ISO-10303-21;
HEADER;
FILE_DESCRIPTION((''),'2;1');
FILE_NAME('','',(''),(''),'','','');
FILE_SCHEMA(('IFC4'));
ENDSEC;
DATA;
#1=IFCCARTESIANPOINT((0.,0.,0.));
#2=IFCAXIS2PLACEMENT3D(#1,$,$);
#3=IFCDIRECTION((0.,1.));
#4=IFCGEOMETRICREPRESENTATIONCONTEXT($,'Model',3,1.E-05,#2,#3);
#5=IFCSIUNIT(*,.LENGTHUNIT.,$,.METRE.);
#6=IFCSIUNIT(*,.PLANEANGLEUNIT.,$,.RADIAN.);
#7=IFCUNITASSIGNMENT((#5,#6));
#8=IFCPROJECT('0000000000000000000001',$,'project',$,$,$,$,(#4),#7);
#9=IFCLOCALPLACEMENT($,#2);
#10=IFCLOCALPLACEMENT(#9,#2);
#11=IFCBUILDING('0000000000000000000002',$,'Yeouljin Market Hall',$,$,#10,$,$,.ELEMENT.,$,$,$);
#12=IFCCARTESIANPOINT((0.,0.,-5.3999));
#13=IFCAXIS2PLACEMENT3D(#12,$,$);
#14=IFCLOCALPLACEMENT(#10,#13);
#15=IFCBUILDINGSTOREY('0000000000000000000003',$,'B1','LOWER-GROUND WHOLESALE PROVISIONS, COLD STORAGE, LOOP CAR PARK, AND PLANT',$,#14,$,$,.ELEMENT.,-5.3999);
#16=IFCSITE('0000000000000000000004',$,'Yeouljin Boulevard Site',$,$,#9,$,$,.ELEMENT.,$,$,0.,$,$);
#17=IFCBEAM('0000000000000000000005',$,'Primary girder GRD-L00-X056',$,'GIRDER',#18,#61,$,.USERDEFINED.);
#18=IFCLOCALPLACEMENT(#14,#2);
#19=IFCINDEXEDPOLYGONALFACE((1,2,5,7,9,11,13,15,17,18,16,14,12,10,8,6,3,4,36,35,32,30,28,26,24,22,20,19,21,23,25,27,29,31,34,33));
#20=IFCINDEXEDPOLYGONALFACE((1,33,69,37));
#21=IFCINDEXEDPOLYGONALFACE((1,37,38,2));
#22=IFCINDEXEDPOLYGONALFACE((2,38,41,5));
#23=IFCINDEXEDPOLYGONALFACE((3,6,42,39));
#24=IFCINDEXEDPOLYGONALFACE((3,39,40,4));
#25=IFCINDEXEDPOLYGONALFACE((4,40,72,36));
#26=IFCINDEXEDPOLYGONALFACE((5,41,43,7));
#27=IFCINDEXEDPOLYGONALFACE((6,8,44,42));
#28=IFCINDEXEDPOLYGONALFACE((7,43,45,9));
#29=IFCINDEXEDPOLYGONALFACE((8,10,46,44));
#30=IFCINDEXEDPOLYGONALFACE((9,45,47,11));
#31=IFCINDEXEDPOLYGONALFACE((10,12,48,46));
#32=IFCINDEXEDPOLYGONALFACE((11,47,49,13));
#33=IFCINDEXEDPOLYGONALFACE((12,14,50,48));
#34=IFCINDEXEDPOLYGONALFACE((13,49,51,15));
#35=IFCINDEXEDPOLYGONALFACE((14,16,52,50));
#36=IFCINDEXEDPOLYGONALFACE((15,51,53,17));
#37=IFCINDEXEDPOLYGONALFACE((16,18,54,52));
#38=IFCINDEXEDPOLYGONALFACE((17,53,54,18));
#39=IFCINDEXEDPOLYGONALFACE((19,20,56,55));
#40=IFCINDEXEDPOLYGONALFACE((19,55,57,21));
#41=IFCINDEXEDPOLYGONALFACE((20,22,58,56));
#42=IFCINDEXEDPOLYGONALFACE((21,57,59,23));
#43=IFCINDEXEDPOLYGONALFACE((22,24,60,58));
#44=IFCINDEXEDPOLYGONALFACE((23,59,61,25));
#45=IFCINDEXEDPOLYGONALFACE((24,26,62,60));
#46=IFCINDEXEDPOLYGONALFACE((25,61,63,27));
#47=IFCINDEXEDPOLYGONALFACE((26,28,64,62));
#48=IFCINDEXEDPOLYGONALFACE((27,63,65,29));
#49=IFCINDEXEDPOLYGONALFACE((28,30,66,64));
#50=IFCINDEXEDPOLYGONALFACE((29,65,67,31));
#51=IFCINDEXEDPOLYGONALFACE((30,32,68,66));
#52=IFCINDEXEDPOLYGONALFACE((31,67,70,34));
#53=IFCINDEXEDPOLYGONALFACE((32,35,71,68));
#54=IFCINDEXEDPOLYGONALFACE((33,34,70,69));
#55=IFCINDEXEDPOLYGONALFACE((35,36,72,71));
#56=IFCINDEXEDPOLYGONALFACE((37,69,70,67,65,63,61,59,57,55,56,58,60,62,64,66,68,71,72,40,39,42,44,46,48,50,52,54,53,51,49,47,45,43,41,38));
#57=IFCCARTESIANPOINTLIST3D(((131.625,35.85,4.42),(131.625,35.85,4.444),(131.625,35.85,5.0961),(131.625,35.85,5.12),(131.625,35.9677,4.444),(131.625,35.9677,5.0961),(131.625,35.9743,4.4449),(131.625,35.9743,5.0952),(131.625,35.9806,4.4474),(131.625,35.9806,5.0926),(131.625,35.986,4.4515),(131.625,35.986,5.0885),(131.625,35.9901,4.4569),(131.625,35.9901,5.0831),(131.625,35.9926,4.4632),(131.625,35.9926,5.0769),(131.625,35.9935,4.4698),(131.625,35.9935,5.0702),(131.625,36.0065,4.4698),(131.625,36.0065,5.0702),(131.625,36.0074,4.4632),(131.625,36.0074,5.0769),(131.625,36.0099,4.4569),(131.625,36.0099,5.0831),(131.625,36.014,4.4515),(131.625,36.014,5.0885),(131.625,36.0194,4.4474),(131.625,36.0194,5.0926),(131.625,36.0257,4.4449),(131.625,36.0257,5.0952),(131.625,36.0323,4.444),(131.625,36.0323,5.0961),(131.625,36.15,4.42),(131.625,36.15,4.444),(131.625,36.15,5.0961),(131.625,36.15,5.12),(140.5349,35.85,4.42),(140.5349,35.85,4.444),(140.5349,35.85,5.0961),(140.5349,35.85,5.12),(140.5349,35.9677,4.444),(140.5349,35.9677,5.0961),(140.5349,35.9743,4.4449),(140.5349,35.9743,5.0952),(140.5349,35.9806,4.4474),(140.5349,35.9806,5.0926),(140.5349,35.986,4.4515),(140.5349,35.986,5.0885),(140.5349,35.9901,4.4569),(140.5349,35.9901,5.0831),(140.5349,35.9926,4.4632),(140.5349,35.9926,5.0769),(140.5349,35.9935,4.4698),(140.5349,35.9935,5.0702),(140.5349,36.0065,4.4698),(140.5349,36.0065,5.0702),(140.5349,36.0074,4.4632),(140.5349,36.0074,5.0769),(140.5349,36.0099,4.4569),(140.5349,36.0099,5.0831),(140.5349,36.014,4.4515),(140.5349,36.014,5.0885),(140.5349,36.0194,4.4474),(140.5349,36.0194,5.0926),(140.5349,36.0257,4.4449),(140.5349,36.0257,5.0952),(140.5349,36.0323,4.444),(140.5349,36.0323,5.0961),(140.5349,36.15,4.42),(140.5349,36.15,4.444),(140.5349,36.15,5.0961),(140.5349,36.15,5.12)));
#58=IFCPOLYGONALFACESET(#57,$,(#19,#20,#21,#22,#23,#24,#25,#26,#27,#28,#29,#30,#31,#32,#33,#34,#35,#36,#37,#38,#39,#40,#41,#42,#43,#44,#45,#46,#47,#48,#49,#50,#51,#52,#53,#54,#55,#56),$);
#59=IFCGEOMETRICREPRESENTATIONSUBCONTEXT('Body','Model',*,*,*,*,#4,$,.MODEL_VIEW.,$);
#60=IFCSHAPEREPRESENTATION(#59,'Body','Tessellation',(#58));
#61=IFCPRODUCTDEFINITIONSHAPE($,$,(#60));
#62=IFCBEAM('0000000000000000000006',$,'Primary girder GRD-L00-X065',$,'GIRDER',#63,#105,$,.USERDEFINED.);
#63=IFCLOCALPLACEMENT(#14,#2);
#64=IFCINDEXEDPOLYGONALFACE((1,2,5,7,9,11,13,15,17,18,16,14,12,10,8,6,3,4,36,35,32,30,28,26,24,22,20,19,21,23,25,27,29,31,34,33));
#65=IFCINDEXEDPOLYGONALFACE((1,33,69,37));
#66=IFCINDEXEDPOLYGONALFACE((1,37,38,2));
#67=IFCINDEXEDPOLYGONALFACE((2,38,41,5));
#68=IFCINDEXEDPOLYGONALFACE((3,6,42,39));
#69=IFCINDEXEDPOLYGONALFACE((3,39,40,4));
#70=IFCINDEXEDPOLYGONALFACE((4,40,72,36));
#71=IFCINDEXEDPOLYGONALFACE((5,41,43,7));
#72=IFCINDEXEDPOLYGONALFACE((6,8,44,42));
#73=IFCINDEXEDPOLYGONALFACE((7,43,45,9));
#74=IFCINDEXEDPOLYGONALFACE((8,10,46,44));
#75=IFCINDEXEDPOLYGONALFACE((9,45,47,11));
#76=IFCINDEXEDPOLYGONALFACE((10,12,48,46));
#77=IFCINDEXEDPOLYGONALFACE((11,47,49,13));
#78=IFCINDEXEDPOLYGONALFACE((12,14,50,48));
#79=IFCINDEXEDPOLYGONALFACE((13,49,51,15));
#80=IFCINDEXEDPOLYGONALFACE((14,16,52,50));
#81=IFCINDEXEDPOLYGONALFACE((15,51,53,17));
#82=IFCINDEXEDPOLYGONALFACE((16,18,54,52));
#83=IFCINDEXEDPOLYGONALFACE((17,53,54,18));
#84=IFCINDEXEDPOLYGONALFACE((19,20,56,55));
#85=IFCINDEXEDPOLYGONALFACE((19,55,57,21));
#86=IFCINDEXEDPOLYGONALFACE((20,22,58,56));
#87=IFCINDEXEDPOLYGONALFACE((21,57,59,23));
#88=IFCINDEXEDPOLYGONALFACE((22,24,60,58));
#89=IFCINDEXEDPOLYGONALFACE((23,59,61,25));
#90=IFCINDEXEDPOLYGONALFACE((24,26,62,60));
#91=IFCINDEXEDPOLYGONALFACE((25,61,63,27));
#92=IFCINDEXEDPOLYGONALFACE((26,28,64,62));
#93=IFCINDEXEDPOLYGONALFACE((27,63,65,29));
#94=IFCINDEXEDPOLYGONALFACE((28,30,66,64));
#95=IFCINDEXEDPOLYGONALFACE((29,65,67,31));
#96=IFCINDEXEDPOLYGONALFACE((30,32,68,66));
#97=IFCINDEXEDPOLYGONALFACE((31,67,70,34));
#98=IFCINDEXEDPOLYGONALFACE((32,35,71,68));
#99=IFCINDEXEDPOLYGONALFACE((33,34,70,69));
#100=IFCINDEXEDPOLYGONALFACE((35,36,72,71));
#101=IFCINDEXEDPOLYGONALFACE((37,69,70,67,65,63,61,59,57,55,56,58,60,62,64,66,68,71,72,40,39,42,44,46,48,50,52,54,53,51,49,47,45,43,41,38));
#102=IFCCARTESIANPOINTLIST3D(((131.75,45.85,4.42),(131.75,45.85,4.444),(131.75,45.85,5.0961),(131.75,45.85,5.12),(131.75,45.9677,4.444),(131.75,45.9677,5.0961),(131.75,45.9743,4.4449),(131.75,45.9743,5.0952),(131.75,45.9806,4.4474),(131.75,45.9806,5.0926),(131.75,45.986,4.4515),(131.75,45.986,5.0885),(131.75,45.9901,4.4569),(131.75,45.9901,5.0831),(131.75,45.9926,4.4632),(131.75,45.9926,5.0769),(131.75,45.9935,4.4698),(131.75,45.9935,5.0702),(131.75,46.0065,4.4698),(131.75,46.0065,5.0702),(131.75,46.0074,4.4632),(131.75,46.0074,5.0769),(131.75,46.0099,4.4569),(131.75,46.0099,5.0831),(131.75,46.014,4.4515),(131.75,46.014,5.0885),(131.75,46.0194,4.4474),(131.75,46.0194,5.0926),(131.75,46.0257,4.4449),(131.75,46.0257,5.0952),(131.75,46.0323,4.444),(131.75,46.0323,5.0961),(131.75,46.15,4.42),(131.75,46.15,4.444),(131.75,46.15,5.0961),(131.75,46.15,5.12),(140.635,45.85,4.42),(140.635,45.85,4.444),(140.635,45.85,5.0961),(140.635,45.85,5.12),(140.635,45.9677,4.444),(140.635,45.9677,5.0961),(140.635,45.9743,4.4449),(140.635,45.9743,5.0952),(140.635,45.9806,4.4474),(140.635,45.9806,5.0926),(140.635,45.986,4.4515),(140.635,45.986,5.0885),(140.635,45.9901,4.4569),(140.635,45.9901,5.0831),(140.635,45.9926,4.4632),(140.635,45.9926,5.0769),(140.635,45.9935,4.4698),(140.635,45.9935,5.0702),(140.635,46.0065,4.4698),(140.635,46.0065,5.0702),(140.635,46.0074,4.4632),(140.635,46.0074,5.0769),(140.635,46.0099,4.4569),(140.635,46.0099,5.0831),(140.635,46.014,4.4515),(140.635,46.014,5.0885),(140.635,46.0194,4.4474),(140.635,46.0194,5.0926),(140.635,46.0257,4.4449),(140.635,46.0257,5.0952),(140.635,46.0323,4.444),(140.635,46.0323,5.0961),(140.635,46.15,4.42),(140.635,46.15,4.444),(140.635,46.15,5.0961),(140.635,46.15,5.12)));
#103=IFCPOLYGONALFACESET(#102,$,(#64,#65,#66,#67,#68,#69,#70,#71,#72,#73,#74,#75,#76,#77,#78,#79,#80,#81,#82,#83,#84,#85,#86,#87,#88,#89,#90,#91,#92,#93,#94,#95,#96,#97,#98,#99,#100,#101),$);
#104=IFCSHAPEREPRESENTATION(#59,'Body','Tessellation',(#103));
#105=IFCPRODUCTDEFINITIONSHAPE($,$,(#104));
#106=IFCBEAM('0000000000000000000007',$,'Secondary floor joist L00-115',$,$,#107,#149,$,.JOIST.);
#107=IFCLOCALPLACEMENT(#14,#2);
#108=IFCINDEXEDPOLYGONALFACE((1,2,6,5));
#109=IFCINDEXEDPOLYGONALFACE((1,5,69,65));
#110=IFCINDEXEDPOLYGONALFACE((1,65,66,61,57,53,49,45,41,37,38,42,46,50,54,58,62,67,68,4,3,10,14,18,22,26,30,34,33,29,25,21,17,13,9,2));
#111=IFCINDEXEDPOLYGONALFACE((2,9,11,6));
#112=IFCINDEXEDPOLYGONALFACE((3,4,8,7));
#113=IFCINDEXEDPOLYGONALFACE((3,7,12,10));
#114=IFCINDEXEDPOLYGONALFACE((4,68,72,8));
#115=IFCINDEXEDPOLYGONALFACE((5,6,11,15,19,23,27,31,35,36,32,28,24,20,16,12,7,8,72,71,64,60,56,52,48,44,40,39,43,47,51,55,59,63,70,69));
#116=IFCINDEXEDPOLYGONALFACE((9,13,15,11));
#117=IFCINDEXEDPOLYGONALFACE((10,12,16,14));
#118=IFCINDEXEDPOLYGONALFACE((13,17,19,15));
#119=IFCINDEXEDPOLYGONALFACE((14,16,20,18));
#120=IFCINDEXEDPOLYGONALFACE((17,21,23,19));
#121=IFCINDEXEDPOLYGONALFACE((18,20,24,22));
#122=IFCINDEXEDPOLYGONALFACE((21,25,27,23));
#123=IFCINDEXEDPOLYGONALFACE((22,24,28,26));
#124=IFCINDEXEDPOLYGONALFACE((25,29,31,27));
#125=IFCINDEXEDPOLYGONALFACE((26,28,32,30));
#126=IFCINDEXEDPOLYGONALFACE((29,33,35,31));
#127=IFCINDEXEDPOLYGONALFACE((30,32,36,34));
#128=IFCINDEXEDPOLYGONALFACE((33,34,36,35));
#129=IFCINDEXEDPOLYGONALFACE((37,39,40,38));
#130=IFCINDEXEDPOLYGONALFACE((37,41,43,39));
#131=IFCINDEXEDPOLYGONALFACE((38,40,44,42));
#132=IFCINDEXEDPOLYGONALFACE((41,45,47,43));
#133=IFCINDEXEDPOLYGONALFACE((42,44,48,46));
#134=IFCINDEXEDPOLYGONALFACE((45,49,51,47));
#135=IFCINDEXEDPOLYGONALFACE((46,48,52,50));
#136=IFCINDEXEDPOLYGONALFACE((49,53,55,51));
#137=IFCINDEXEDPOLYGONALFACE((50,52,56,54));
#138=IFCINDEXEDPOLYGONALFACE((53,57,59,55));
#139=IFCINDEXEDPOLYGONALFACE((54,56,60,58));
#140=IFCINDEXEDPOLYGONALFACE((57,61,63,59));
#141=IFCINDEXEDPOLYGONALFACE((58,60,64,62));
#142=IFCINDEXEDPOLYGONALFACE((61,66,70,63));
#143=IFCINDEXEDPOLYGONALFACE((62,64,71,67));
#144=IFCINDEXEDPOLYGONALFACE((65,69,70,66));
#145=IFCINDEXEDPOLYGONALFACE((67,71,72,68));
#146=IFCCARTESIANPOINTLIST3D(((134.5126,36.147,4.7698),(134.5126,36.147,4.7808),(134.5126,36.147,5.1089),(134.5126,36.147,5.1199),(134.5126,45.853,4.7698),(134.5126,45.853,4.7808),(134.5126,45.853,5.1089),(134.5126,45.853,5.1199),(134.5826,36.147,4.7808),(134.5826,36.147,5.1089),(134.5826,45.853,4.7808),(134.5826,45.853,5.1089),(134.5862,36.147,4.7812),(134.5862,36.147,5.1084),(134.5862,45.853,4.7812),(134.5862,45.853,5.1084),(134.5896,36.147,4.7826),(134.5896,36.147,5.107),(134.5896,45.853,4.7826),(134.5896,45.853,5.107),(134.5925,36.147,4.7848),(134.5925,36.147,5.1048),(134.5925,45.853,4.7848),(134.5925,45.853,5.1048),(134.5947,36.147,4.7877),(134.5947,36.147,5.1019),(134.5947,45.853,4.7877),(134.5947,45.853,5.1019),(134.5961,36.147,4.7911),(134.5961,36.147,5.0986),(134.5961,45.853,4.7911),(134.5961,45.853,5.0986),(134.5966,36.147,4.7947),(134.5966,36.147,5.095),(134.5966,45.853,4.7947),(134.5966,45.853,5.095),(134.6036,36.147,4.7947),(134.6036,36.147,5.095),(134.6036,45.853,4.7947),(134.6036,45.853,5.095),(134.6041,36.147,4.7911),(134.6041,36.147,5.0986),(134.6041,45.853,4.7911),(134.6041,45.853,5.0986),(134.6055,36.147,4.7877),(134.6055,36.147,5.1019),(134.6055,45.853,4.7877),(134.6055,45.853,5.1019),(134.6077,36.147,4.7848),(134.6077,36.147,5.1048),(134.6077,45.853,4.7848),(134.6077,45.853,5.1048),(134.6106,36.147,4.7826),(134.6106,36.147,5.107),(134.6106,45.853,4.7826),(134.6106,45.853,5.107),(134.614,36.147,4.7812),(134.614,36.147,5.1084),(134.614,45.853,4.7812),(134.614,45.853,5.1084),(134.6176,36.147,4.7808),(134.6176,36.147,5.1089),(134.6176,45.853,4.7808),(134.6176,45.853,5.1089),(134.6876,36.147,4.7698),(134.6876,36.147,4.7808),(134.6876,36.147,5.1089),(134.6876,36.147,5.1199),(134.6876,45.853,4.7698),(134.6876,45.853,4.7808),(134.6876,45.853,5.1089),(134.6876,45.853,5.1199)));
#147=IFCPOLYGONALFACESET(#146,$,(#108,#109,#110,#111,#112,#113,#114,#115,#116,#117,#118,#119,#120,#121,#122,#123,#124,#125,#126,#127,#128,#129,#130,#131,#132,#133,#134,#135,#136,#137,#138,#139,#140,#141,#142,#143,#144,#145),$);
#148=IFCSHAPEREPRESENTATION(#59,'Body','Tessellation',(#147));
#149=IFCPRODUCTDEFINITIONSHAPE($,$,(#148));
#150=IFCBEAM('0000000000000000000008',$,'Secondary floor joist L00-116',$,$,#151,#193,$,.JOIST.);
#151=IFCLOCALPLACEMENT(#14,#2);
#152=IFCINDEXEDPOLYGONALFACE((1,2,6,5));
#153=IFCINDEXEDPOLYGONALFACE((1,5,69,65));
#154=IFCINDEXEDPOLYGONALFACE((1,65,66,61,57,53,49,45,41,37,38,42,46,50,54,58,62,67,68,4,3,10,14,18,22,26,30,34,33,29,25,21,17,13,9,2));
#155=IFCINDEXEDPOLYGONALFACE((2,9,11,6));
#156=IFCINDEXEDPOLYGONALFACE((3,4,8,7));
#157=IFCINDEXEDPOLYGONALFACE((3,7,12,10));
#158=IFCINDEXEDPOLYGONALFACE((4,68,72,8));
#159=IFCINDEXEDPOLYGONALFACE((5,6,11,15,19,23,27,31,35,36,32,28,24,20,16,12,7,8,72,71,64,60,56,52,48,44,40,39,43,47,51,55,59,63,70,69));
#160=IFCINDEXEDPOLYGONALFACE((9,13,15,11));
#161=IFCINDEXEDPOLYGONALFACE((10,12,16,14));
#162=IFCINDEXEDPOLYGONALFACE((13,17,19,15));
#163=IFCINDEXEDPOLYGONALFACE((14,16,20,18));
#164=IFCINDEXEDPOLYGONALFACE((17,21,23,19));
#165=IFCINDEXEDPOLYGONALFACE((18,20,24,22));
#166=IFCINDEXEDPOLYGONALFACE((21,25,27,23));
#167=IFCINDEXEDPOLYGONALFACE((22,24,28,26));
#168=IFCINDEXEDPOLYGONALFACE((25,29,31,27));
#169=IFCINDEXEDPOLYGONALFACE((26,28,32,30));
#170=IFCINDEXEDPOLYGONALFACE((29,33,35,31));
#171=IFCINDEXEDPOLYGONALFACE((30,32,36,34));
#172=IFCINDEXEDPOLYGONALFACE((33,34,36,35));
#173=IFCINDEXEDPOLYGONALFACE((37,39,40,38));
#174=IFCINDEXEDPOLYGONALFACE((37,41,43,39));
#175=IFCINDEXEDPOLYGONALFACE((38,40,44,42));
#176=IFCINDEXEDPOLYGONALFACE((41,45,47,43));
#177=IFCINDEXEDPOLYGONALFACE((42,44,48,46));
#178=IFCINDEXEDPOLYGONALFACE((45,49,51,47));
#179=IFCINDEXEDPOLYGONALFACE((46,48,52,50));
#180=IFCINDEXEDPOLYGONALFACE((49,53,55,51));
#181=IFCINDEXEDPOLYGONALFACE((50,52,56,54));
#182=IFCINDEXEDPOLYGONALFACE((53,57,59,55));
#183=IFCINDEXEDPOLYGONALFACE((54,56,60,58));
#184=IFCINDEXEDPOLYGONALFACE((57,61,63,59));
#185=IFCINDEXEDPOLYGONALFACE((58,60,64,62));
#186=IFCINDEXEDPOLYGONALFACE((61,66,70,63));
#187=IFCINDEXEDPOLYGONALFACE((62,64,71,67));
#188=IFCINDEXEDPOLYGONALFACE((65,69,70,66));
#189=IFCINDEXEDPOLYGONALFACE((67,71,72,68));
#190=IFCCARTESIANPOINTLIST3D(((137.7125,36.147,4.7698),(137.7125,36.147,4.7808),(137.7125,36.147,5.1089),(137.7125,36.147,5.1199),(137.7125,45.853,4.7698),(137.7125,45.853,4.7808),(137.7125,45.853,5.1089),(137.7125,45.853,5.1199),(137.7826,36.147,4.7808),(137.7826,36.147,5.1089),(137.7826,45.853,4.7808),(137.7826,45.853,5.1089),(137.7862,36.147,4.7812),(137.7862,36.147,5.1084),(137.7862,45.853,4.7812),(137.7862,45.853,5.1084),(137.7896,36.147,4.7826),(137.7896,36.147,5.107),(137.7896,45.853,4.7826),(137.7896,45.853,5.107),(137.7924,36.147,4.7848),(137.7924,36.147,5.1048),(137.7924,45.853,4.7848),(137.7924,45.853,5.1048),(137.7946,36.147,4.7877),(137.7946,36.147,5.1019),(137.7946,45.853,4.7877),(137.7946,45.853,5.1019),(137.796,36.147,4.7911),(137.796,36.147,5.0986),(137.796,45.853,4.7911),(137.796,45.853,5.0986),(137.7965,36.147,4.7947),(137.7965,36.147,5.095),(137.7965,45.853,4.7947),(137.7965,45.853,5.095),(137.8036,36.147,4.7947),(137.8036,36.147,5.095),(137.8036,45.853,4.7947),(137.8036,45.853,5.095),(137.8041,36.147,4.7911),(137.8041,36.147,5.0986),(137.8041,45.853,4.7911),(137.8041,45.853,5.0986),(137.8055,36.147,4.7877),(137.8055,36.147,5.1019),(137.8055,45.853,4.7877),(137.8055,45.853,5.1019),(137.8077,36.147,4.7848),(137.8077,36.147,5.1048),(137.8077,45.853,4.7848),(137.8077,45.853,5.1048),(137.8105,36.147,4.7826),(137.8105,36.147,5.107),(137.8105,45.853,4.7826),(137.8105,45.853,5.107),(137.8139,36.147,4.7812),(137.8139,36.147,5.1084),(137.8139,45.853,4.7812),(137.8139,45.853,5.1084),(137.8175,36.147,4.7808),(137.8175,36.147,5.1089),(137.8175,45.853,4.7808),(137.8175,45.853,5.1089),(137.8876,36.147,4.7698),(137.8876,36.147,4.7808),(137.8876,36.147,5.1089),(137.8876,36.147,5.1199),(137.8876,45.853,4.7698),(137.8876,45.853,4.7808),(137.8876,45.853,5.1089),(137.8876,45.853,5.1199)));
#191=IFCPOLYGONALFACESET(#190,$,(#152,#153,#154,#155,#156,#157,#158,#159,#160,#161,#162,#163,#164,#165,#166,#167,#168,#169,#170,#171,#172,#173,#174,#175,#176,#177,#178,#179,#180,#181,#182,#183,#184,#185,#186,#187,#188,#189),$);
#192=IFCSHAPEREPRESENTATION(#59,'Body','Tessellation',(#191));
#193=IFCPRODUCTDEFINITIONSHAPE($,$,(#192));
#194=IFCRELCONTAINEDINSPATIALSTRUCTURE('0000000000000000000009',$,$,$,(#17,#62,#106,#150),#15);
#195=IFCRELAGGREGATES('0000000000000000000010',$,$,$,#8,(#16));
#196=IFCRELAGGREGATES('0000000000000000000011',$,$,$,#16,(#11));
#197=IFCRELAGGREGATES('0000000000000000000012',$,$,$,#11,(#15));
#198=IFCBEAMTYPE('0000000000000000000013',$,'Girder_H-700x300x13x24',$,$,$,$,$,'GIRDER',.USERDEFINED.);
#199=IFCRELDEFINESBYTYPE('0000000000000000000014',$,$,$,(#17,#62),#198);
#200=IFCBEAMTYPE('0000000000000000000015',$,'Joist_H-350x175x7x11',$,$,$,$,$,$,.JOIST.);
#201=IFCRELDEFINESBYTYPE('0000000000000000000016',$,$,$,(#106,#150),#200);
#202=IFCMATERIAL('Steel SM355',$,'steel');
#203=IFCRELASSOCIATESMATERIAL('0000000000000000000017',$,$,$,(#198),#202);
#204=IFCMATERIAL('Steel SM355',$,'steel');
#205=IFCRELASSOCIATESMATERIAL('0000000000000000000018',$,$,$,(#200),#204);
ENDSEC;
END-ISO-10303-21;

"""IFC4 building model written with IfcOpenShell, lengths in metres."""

from ifc_helpers import new_model, si_unit, direction, frame, origin, origin_2d, place, context, subcontext, project, spatial, i_section, extrude, material, material_profile, profile_set, type_object, element, save


model = new_model("IFC4")

# Units and contexts
model_context = context("Model", 3, precision=1e-05, world=origin(), true_north=direction((0.0, 1.0)))
body_context = subcontext(model_context, "Body", "Model", "MODEL_VIEW")
ifc_project = project(units=[si_unit("LENGTHUNIT", "METRE"), si_unit("PLANEANGLEUNIT", "RADIAN")], contexts=[model_context])

# Site, building, storey
site_placement = place(None, origin())
site = spatial("IfcSite", under=ifc_project, at=site_placement, Name="Yeouljin Boulevard Site", CompositionType="ELEMENT", RefElevation=0.0)
building_placement = place(site_placement, origin())
building = spatial("IfcBuilding", under=site, at=building_placement, Name="Yeouljin Market Hall", CompositionType="ELEMENT")
storey_placement = place(building_placement, frame((0.0, 0.0, -5.3999)))
storey = spatial("IfcBuildingStorey", under=building, at=storey_placement, Name="B1", Description="LOWER-GROUND WHOLESALE PROVISIONS, COLD STORAGE, LOOP CAR PARK, AND PLANT", CompositionType="ELEMENT", Elevation=-5.3999)

# Beams
ifc_material_1 = material(Name="Steel SM355", Category="steel")
ifc_material_profile_1 = material_profile(ifc_material_1, i_section(OverallWidth=0.3, OverallDepth=0.7, WebThickness=0.0129, FlangeThickness=0.0239, FilletRadius=0.0259, at=origin_2d()), Name="H-700x300x13x24")
ifc_profile_set_1 = profile_set([ifc_material_profile_1], Name="Steel SM355")
beam_type_1 = type_object("IfcBeamType", Name="Girder_H-700x300x13x24", ElementType="GIRDER", PredefinedType="USERDEFINED", material=ifc_profile_set_1)
beam_1_placement = place(storey_placement, frame((131.625, 36.0, 4.77), z_axis=(1.0, 0.0, 0.0), x_axis=(0.0, 1.0, 0.0)))
element("IfcBeam", 1, at=beam_1_placement, inside=storey, type_object=beam_type_1, Name="Primary girder GRD-L00-X056", ObjectType="GIRDER", PredefinedType="USERDEFINED", context=body_context, shape_type="SweptSolid", body=[
    extrude(i_section(OverallWidth=0.3, OverallDepth=0.7, WebThickness=0.0129, FlangeThickness=0.0239, FilletRadius=0.0259, at=origin_2d()), origin(), (0.0, 0.0, 1.0), 8.9099),
])
beam_2_placement = place(storey_placement, frame((131.75, 46.0, 4.77), z_axis=(1.0, 0.0, 0.0), x_axis=(0.0, 1.0, 0.0)))
element("IfcBeam", 2, at=beam_2_placement, inside=storey, type_object=beam_type_1, Name="Primary girder GRD-L00-X065", ObjectType="GIRDER", PredefinedType="USERDEFINED", context=body_context, shape_type="SweptSolid", body=[
    extrude(i_section(OverallWidth=0.3, OverallDepth=0.7, WebThickness=0.0129, FlangeThickness=0.0239, FilletRadius=0.0259, at=origin_2d()), origin(), (0.0, 0.0, 1.0), 8.885),
])
ifc_material_2 = material(Name="Steel SM355", Category="steel")
ifc_material_profile_2 = material_profile(ifc_material_2, i_section(OverallWidth=0.175, OverallDepth=0.3501, WebThickness=0.0071, FlangeThickness=0.011, FilletRadius=0.0139, at=origin_2d()), Name="H-350x175x7x11")
ifc_profile_set_2 = profile_set([ifc_material_profile_2], Name="Steel SM355")
beam_type_2 = type_object("IfcBeamType", Name="Joist_H-350x175x7x11", PredefinedType="JOIST", material=ifc_profile_set_2)
for number, where, z_axis, x_axis, name in (
    (3, (134.6001, 36.147, 4.9448), (0.0, 1.0, 0.0), (-1.0, 0.0, 0.0), "Secondary floor joist L00-115"),
    (4, (137.8, 36.147, 4.9448), (0.0, 1.0, 0.0), (-1.0, 0.0, 0.0), "Secondary floor joist L00-116"),
):
    element("IfcBeam", number, at=place(storey_placement, frame(where, z_axis=z_axis, x_axis=x_axis)), inside=storey, type_object=beam_type_2, Name=name, PredefinedType="JOIST", context=body_context, shape_type="SweptSolid", body=[
        extrude(i_section(OverallWidth=0.175, OverallDepth=0.3501, WebThickness=0.0071, FlangeThickness=0.011, FilletRadius=0.0139, at=origin_2d()), origin(), (0.0, 0.0, 1.0), 9.7061),
    ])

save(model, "model.ifc")
